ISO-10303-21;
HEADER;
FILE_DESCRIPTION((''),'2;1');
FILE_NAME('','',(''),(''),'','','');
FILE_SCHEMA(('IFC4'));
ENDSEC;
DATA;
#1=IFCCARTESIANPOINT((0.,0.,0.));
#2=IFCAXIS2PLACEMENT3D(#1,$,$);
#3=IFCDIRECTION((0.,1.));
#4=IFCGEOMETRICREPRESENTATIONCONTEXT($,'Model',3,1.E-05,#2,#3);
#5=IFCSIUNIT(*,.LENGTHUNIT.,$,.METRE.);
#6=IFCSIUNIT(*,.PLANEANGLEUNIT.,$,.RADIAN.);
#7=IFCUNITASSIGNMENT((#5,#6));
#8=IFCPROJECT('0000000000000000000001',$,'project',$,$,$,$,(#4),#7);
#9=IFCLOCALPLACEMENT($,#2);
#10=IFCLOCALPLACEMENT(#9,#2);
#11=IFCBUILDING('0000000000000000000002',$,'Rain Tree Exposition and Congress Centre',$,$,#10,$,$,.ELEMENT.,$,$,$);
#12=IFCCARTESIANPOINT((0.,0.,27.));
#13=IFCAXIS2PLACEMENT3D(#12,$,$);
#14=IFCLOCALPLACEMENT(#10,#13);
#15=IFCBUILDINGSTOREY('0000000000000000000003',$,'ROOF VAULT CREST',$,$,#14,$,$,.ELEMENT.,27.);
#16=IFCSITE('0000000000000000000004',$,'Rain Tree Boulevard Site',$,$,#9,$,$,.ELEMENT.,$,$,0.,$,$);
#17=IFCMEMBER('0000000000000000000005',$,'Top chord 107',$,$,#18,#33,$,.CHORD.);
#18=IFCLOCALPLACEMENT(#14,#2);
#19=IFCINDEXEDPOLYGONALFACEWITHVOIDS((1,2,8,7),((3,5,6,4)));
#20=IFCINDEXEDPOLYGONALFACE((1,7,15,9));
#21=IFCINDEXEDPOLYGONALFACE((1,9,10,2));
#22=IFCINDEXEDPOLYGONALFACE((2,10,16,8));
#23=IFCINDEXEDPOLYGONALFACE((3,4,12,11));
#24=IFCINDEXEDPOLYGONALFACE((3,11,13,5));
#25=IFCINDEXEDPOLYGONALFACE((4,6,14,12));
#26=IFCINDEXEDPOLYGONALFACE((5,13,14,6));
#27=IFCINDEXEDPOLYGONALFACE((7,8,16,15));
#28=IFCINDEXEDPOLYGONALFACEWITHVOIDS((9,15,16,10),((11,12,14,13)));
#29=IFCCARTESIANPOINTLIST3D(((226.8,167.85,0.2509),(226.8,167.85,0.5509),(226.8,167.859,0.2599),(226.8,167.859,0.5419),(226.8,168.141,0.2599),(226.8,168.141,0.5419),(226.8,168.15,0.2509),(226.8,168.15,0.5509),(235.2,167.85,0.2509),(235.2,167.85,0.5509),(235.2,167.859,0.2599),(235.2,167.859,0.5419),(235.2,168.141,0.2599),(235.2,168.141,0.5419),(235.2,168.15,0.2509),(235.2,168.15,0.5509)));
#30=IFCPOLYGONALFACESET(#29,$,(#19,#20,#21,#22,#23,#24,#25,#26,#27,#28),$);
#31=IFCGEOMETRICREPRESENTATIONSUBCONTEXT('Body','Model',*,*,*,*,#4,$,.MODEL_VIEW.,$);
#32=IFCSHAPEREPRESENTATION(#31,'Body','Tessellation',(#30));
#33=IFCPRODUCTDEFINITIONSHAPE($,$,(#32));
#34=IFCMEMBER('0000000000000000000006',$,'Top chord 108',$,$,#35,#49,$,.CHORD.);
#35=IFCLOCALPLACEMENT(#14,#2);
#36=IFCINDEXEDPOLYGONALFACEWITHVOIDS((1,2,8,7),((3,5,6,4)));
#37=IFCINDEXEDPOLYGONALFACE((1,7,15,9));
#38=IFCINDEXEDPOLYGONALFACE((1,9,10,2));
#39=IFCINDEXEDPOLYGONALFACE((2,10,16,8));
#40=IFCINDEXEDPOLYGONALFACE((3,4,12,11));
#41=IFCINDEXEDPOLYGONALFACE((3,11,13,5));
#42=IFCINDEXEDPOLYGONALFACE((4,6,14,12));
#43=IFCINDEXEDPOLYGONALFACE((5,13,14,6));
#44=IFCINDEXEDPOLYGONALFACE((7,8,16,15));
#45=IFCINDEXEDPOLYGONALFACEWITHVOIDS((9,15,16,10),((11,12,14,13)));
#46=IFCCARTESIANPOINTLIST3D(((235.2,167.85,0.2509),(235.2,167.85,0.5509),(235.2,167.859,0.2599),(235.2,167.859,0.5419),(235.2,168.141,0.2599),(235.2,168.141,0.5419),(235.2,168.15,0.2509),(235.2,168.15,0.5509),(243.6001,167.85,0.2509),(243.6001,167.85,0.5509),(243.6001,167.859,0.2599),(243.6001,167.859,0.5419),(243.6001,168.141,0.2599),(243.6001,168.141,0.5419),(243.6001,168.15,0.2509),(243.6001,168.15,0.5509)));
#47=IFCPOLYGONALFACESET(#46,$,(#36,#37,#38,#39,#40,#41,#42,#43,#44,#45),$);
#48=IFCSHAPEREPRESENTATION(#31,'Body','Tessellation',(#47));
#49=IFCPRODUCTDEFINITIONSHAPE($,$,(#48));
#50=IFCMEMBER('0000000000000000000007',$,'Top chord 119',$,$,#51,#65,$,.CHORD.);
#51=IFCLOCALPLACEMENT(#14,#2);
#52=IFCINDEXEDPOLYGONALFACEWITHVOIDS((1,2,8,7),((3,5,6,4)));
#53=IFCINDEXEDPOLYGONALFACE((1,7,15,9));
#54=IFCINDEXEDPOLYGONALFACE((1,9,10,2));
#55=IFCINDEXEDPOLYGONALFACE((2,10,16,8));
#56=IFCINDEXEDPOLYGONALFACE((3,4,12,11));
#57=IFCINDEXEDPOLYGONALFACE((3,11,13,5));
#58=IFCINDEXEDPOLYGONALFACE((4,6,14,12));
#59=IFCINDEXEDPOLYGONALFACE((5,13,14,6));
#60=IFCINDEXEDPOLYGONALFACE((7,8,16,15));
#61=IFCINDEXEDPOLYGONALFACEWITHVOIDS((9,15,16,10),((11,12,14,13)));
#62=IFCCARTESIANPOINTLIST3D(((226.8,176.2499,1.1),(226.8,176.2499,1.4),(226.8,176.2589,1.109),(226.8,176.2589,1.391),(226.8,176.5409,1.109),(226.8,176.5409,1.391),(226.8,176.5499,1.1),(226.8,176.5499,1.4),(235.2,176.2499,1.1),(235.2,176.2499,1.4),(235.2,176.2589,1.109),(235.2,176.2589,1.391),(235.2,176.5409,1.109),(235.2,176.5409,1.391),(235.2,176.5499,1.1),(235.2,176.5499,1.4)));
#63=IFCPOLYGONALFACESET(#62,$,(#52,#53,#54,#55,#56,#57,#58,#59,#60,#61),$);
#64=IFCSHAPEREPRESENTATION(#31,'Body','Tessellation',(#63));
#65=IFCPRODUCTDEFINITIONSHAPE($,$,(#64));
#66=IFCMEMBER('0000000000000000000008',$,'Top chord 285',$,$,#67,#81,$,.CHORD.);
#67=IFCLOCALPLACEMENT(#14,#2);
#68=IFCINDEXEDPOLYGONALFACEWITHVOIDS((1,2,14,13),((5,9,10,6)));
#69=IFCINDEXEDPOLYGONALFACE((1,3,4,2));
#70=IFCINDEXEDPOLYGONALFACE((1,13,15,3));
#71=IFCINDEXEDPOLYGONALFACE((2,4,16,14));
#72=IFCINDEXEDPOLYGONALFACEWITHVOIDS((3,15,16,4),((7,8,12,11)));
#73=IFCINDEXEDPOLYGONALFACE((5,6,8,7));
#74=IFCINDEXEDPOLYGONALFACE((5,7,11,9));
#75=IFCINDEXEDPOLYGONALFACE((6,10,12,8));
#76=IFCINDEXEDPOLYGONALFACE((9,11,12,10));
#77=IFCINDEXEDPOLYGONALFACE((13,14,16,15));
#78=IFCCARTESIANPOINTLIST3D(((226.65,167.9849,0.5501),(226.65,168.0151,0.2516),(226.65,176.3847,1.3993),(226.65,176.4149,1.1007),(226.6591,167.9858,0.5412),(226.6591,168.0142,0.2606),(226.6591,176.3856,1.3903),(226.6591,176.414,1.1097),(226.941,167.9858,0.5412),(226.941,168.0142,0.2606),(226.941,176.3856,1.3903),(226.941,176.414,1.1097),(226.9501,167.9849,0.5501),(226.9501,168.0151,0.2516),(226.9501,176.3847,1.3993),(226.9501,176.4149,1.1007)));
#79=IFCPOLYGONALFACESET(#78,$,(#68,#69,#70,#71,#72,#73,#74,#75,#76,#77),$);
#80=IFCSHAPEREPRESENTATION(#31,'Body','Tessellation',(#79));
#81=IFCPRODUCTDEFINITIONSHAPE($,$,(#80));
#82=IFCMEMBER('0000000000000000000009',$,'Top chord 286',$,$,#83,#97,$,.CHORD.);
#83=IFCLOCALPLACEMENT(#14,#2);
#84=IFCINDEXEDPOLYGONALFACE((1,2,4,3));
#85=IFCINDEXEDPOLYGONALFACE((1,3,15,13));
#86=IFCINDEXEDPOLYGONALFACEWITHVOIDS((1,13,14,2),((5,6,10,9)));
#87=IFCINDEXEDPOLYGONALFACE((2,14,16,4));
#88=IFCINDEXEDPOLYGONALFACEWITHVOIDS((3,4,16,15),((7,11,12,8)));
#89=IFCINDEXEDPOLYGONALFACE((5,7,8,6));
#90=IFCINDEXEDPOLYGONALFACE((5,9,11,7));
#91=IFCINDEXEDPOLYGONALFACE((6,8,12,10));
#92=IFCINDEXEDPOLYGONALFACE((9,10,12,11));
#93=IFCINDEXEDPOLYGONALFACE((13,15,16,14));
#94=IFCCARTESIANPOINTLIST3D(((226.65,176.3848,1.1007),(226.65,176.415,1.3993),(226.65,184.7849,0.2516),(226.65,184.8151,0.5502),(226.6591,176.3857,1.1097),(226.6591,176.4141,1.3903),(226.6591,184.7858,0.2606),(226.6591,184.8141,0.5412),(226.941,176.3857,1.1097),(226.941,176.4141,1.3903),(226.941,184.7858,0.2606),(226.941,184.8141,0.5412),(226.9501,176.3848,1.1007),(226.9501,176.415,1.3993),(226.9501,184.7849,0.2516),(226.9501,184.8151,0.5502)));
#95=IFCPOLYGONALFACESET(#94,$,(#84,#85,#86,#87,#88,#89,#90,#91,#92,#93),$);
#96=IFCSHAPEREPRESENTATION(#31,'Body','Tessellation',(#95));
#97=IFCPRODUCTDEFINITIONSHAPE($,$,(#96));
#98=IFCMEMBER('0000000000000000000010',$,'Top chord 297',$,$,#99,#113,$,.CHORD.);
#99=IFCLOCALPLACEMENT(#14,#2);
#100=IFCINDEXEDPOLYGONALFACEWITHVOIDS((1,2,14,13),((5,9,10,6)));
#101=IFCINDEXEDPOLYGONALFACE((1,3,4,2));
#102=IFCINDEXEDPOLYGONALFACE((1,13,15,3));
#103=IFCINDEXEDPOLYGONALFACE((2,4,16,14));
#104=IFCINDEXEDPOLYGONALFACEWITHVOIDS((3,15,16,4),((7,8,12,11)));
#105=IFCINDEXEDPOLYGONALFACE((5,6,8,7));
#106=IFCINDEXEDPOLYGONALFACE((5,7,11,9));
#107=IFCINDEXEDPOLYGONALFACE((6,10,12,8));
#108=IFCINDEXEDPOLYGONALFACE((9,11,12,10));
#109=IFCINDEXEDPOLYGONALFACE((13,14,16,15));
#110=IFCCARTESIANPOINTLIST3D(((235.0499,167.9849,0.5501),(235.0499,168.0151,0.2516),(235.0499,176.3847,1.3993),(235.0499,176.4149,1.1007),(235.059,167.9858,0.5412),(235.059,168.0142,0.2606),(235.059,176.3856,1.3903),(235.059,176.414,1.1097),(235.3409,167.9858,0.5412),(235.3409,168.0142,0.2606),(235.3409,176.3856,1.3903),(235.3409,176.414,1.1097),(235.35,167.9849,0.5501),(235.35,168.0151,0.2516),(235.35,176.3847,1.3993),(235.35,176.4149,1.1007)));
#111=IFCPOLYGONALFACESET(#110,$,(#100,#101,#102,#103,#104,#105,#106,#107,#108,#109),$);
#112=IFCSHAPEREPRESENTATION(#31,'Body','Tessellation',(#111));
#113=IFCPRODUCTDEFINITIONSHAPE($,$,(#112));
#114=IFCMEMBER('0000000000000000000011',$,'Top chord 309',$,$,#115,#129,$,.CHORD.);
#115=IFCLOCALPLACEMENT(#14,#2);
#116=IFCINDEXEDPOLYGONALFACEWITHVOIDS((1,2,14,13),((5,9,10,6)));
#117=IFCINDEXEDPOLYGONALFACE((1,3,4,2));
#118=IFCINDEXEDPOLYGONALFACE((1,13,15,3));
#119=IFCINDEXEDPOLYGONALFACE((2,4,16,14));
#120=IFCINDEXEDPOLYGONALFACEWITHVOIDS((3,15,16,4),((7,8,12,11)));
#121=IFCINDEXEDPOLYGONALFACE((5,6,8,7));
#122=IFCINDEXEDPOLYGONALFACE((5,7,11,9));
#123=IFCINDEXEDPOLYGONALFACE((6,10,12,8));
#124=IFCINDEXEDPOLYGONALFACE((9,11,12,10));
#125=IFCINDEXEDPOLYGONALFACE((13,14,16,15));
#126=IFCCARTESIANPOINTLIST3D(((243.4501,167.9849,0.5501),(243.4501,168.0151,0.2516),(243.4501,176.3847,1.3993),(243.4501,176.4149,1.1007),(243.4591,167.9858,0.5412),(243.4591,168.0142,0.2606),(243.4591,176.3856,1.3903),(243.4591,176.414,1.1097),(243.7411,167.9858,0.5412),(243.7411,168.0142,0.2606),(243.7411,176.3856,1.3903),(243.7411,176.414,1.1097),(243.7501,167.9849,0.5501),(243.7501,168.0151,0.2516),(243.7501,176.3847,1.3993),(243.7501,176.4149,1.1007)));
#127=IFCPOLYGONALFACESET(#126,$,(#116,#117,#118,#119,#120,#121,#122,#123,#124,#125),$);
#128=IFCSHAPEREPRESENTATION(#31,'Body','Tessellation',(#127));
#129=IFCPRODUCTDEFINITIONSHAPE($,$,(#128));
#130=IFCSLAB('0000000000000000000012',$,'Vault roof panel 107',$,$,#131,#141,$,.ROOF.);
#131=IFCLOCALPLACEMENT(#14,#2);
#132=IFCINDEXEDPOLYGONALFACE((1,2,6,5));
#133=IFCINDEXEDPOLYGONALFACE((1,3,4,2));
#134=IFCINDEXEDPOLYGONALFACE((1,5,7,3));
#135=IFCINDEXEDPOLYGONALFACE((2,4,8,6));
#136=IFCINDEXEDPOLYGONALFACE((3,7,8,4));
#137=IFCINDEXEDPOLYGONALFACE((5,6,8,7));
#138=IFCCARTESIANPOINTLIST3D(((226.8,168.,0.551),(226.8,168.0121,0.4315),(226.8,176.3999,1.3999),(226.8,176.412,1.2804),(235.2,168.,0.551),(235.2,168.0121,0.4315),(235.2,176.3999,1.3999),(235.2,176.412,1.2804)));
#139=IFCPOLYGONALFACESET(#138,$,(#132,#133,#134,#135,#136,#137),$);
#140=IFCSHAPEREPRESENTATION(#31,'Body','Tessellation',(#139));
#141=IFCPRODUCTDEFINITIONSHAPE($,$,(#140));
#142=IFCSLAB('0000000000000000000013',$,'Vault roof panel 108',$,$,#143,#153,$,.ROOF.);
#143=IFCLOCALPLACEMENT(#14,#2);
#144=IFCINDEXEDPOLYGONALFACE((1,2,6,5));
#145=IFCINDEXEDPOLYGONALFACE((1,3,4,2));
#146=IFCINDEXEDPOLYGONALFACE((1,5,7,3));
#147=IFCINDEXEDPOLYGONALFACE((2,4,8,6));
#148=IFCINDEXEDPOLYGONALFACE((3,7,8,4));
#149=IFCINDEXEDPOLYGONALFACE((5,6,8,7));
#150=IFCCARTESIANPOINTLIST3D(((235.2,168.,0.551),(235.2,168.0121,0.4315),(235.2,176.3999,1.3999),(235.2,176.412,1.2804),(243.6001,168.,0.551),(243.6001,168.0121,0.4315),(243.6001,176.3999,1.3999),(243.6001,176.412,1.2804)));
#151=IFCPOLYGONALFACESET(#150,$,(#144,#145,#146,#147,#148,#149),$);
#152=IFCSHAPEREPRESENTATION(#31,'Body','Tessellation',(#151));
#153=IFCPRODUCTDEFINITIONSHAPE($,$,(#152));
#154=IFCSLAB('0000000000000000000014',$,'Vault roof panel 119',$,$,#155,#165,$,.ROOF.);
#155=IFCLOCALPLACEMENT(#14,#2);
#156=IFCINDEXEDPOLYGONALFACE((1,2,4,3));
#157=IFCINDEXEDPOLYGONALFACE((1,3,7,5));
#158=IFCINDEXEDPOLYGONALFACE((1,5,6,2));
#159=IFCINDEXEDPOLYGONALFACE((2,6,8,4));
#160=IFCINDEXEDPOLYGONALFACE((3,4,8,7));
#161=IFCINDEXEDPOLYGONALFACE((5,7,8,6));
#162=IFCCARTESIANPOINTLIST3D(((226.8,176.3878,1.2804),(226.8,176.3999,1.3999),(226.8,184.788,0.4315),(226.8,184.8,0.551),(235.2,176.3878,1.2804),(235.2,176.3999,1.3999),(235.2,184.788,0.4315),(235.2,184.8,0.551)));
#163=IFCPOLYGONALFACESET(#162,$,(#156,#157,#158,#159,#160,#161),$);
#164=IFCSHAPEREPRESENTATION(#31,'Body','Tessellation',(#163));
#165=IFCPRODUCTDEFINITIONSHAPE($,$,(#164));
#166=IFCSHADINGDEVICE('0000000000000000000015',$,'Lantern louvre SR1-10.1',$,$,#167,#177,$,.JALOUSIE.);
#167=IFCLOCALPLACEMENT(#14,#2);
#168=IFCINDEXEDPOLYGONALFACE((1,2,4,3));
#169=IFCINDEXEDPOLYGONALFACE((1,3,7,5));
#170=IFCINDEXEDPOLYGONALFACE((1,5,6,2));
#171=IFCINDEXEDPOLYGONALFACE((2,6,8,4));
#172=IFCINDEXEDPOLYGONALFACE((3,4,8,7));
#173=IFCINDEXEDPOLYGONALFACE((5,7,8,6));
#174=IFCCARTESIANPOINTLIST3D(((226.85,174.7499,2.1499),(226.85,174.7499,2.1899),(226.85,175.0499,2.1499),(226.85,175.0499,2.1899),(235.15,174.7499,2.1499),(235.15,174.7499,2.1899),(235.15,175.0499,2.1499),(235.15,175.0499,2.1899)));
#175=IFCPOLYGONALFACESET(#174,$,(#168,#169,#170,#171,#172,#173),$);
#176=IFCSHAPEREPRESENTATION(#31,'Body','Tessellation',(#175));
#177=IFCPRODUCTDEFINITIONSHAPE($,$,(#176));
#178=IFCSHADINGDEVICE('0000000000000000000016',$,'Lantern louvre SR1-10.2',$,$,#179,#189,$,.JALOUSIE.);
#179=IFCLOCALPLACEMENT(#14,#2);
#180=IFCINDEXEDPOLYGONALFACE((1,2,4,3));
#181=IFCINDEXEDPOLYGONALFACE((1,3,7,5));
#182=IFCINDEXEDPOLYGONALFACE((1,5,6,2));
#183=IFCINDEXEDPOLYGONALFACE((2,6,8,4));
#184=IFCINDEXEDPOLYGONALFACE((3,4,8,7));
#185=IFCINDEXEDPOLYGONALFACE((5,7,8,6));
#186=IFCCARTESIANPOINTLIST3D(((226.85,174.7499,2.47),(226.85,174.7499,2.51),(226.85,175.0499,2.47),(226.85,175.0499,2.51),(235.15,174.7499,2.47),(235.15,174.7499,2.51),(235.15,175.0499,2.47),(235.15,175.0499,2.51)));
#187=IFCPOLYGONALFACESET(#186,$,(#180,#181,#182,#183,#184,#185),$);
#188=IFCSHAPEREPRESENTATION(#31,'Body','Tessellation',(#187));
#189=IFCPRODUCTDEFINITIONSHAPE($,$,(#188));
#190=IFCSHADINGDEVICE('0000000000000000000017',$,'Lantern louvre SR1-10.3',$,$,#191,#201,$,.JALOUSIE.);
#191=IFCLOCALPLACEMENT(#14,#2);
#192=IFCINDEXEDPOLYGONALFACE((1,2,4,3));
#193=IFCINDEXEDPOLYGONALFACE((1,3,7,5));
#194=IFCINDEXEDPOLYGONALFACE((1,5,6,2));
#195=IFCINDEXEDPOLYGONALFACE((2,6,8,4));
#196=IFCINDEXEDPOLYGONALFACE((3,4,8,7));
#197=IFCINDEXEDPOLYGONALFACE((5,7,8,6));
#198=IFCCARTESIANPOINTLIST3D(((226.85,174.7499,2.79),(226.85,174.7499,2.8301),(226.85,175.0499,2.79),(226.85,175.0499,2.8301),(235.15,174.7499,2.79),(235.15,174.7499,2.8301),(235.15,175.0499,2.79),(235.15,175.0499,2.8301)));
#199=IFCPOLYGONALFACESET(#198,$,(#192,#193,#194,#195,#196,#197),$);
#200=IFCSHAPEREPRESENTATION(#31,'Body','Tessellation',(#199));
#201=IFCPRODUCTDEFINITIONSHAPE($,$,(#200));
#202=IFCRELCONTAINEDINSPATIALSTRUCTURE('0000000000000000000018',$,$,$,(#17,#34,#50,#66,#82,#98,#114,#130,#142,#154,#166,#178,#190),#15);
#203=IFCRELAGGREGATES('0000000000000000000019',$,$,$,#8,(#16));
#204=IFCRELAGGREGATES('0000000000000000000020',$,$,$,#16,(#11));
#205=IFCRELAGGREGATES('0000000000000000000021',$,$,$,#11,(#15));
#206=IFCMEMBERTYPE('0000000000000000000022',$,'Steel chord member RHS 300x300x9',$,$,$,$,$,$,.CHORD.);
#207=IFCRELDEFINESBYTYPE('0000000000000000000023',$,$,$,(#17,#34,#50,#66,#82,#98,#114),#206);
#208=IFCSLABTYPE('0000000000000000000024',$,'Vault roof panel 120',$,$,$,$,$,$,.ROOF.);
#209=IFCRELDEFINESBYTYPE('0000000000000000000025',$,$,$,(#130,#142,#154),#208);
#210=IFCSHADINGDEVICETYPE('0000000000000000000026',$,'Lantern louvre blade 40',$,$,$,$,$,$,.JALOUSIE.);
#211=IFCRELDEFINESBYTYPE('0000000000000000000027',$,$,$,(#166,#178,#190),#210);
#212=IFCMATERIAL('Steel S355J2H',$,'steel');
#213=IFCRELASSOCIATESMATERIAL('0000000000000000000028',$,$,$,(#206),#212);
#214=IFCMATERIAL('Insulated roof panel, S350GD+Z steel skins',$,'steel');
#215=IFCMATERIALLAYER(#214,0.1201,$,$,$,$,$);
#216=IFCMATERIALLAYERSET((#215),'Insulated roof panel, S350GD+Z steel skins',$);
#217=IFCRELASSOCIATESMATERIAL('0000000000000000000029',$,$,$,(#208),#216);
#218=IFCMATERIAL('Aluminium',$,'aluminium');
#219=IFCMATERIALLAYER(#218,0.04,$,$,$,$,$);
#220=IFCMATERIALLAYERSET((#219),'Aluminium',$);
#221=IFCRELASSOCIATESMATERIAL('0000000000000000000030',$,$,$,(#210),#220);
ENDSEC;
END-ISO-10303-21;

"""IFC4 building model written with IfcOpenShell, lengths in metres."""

from ifc_helpers import new_model, si_unit, direction, frame, origin, origin_2d, place, context, subcontext, project, spatial, polyline, rectangle, hollow_rectangle, outline, extrude, material, layer, layer_set, material_profile, profile_set, type_object, element, save


model = new_model("IFC4")

# Units and contexts
model_context = context("Model", 3, precision=1e-05, world=origin(), true_north=direction((0.0, 1.0)))
body_context = subcontext(model_context, "Body", "Model", "MODEL_VIEW")
ifc_project = project(units=[si_unit("LENGTHUNIT", "METRE"), si_unit("PLANEANGLEUNIT", "RADIAN")], contexts=[model_context])

# Site, building, storey
site_placement = place(None, origin())
site = spatial("IfcSite", under=ifc_project, at=site_placement, Name="Rain Tree Boulevard Site", CompositionType="ELEMENT", RefElevation=0.0)
building_placement = place(site_placement, origin())
building = spatial("IfcBuilding", under=site, at=building_placement, Name="Rain Tree Exposition and Congress Centre", CompositionType="ELEMENT")
storey_placement = place(building_placement, frame((0.0, 0.0, 27.0)))
storey = spatial("IfcBuildingStorey", under=building, at=storey_placement, Name="ROOF VAULT CREST", CompositionType="ELEMENT", Elevation=27.0)

# Members
ifc_material_1 = material(Name="Steel S355J2H", Category="steel")
ifc_material_profile_1 = material_profile(ifc_material_1, hollow_rectangle(XDim=0.3, YDim=0.3, WallThickness=0.009, at=origin_2d()), Name="RHS 300x300x9")
ifc_profile_set_1 = profile_set([ifc_material_profile_1], Name="Steel S355J2H")
member_type = type_object("IfcMemberType", Name="Steel chord member RHS 300x300x9", PredefinedType="CHORD", material=ifc_profile_set_1)
member_1_placement = place(storey_placement, frame((226.8, 168.0, 0.4009), z_axis=(1.0, 0.0, 0.0), x_axis=(0.0, 1.0, 0.0)))
element("IfcMember", 1, at=member_1_placement, inside=storey, type_object=member_type, Name="Top chord 107", PredefinedType="CHORD", context=body_context, shape_type="SweptSolid", body=[
    extrude(hollow_rectangle(XDim=0.3, YDim=0.3, WallThickness=0.009, at=origin_2d()), origin(), (0.0, 0.0, 1.0), 8.3999),
])
member_2_placement = place(storey_placement, frame((235.2, 168.0, 0.4009), z_axis=(1.0, 0.0, 0.0), x_axis=(0.0, 1.0, 0.0)))
element("IfcMember", 2, at=member_2_placement, inside=storey, type_object=member_type, Name="Top chord 108", PredefinedType="CHORD", context=body_context, shape_type="SweptSolid", body=[
    extrude(hollow_rectangle(XDim=0.3, YDim=0.3, WallThickness=0.009, at=origin_2d()), origin(), (0.0, 0.0, 1.0), 8.4001),
])
member_3_placement = place(storey_placement, frame((226.8, 176.3999, 1.25), z_axis=(1.0, 0.0, 0.0), x_axis=(0.0, 1.0, 0.0)))
element("IfcMember", 3, at=member_3_placement, inside=storey, type_object=member_type, Name="Top chord 119", PredefinedType="CHORD", context=body_context, shape_type="SweptSolid", body=[
    extrude(hollow_rectangle(XDim=0.3, YDim=0.3, WallThickness=0.009, at=origin_2d()), origin(), (0.0, 0.0, 1.0), 8.3999),
])
member_4_placement = place(storey_placement, frame((226.8, 168.0, 0.4009), z_axis=(0.0, 0.99493, 0.100574), x_axis=(-1.0, 0.0, 0.0)))
element("IfcMember", 4, at=member_4_placement, inside=storey, type_object=member_type, Name="Top chord 285", PredefinedType="CHORD", context=body_context, shape_type="SweptSolid", body=[
    extrude(hollow_rectangle(XDim=0.3, YDim=0.3, WallThickness=0.009, at=origin_2d()), origin(), (0.0, 0.0, 1.0), 8.4426),
])
member_5_placement = place(storey_placement, frame((226.8, 176.3999, 1.25), z_axis=(0.0, 0.99493, -0.100572), x_axis=(-1.0, 0.0, 0.0)))
element("IfcMember", 5, at=member_5_placement, inside=storey, type_object=member_type, Name="Top chord 286", PredefinedType="CHORD", context=body_context, shape_type="SweptSolid", body=[
    extrude(hollow_rectangle(XDim=0.3, YDim=0.3, WallThickness=0.009, at=origin_2d()), origin(), (0.0, 0.0, 1.0), 8.4429),
])
for number, where, z_axis, x_axis, name in (
    (6, (235.2, 168.0, 0.4009), (0.0, 0.99493, 0.100574), (-1.0, 0.0, 0.0), "Top chord 297"),
    (7, (243.6001, 168.0, 0.4009), (0.0, 0.99493, 0.100574), (-1.0, 0.0, 0.0), "Top chord 309"),
):
    element("IfcMember", number, at=place(storey_placement, frame(where, z_axis=z_axis, x_axis=x_axis)), inside=storey, type_object=member_type, Name=name, PredefinedType="CHORD", context=body_context, shape_type="SweptSolid", body=[
        extrude(hollow_rectangle(XDim=0.3, YDim=0.3, WallThickness=0.009, at=origin_2d()), origin(), (0.0, 0.0, 1.0), 8.4426),
    ])

# Slabs
ifc_material_2 = material(Name="Insulated roof panel, S350GD+Z steel skins", Category="steel")
ifc_layer_1 = layer(ifc_material_2, 0.1201)
ifc_layer_set_1 = layer_set([ifc_layer_1], Name="Insulated roof panel, S350GD+Z steel skins")
slab_type = type_object("IfcSlabType", Name="Vault roof panel 120", PredefinedType="ROOF", material=ifc_layer_set_1)
slab_1_placement = place(storey_placement, frame((226.8, 168.0, 0.551), z_axis=(0.0, -0.100546, 0.994932), x_axis=(1.0, 0.0, 0.0)))
element("IfcSlab", 8, at=slab_1_placement, inside=storey, type_object=slab_type, Name="Vault roof panel 107", PredefinedType="ROOF", context=body_context, shape_type="SweptSolid", body=[
    extrude(outline(polyline([(0.0, 0.0), (8.3999, 0.0), (8.3999, 8.4427), (0.0, 8.4427), (0.0, 0.0)])), origin(), (0.0, 0.0, -1.0), 0.1201),
])
slab_2_placement = place(storey_placement, frame((235.2, 168.0, 0.551), z_axis=(0.0, -0.100546, 0.994932), x_axis=(1.0, 0.0, 0.0)))
element("IfcSlab", 9, at=slab_2_placement, inside=storey, type_object=slab_type, Name="Vault roof panel 108", PredefinedType="ROOF", context=body_context, shape_type="SweptSolid", body=[
    extrude(outline(polyline([(0.0, 0.0), (8.4001, 0.0), (8.4001, 8.4427), (0.0, 8.4427), (0.0, 0.0)])), origin(), (0.0, 0.0, -1.0), 0.1201),
])
slab_3_placement = place(storey_placement, frame((226.8, 176.3999, 1.3999), z_axis=(0.0, 0.100543, 0.994933), x_axis=(1.0, 0.0, 0.0)))
element("IfcSlab", 10, at=slab_3_placement, inside=storey, type_object=slab_type, Name="Vault roof panel 119", PredefinedType="ROOF", context=body_context, shape_type="SweptSolid", body=[
    extrude(outline(polyline([(0.0, 0.0), (8.3999, 0.0), (8.3999, 8.4429), (0.0, 8.4429), (0.0, 0.0)])), origin(), (0.0, 0.0, -1.0), 0.1201),
])

# Shading devices
ifc_material_3 = material(Name="Aluminium", Category="aluminium")
ifc_layer_2 = layer(ifc_material_3, 0.04)
ifc_layer_set_2 = layer_set([ifc_layer_2], Name="Aluminium")
shading_device_type = type_object("IfcShadingDeviceType", Name="Lantern louvre blade 40", PredefinedType="JALOUSIE", material=ifc_layer_set_2)
for number, where, z_axis, x_axis, name in (
    (11, (231.0, 174.8999, 2.1499), (0.0, 0.0, 1.0), (1.0, 0.0, 0.0), "Lantern louvre SR1-10.1"),
    (12, (231.0, 174.8999, 2.47), (0.0, 0.0, 1.0), (1.0, 0.0, 0.0), "Lantern louvre SR1-10.2"),
    (13, (231.0, 174.8999, 2.79), (0.0, 0.0, 1.0), (1.0, 0.0, 0.0), "Lantern louvre SR1-10.3"),
):
    element("IfcShadingDevice", number, at=place(storey_placement, frame(where, z_axis=z_axis, x_axis=x_axis)), inside=storey, type_object=shading_device_type, Name=name, PredefinedType="JALOUSIE", context=body_context, shape_type="SweptSolid", body=[
        extrude(rectangle(XDim=8.3, YDim=0.3, at=origin_2d()), origin(), (0.0, 0.0, 1.0), 0.04),
    ])

save(model, "model.ifc")
